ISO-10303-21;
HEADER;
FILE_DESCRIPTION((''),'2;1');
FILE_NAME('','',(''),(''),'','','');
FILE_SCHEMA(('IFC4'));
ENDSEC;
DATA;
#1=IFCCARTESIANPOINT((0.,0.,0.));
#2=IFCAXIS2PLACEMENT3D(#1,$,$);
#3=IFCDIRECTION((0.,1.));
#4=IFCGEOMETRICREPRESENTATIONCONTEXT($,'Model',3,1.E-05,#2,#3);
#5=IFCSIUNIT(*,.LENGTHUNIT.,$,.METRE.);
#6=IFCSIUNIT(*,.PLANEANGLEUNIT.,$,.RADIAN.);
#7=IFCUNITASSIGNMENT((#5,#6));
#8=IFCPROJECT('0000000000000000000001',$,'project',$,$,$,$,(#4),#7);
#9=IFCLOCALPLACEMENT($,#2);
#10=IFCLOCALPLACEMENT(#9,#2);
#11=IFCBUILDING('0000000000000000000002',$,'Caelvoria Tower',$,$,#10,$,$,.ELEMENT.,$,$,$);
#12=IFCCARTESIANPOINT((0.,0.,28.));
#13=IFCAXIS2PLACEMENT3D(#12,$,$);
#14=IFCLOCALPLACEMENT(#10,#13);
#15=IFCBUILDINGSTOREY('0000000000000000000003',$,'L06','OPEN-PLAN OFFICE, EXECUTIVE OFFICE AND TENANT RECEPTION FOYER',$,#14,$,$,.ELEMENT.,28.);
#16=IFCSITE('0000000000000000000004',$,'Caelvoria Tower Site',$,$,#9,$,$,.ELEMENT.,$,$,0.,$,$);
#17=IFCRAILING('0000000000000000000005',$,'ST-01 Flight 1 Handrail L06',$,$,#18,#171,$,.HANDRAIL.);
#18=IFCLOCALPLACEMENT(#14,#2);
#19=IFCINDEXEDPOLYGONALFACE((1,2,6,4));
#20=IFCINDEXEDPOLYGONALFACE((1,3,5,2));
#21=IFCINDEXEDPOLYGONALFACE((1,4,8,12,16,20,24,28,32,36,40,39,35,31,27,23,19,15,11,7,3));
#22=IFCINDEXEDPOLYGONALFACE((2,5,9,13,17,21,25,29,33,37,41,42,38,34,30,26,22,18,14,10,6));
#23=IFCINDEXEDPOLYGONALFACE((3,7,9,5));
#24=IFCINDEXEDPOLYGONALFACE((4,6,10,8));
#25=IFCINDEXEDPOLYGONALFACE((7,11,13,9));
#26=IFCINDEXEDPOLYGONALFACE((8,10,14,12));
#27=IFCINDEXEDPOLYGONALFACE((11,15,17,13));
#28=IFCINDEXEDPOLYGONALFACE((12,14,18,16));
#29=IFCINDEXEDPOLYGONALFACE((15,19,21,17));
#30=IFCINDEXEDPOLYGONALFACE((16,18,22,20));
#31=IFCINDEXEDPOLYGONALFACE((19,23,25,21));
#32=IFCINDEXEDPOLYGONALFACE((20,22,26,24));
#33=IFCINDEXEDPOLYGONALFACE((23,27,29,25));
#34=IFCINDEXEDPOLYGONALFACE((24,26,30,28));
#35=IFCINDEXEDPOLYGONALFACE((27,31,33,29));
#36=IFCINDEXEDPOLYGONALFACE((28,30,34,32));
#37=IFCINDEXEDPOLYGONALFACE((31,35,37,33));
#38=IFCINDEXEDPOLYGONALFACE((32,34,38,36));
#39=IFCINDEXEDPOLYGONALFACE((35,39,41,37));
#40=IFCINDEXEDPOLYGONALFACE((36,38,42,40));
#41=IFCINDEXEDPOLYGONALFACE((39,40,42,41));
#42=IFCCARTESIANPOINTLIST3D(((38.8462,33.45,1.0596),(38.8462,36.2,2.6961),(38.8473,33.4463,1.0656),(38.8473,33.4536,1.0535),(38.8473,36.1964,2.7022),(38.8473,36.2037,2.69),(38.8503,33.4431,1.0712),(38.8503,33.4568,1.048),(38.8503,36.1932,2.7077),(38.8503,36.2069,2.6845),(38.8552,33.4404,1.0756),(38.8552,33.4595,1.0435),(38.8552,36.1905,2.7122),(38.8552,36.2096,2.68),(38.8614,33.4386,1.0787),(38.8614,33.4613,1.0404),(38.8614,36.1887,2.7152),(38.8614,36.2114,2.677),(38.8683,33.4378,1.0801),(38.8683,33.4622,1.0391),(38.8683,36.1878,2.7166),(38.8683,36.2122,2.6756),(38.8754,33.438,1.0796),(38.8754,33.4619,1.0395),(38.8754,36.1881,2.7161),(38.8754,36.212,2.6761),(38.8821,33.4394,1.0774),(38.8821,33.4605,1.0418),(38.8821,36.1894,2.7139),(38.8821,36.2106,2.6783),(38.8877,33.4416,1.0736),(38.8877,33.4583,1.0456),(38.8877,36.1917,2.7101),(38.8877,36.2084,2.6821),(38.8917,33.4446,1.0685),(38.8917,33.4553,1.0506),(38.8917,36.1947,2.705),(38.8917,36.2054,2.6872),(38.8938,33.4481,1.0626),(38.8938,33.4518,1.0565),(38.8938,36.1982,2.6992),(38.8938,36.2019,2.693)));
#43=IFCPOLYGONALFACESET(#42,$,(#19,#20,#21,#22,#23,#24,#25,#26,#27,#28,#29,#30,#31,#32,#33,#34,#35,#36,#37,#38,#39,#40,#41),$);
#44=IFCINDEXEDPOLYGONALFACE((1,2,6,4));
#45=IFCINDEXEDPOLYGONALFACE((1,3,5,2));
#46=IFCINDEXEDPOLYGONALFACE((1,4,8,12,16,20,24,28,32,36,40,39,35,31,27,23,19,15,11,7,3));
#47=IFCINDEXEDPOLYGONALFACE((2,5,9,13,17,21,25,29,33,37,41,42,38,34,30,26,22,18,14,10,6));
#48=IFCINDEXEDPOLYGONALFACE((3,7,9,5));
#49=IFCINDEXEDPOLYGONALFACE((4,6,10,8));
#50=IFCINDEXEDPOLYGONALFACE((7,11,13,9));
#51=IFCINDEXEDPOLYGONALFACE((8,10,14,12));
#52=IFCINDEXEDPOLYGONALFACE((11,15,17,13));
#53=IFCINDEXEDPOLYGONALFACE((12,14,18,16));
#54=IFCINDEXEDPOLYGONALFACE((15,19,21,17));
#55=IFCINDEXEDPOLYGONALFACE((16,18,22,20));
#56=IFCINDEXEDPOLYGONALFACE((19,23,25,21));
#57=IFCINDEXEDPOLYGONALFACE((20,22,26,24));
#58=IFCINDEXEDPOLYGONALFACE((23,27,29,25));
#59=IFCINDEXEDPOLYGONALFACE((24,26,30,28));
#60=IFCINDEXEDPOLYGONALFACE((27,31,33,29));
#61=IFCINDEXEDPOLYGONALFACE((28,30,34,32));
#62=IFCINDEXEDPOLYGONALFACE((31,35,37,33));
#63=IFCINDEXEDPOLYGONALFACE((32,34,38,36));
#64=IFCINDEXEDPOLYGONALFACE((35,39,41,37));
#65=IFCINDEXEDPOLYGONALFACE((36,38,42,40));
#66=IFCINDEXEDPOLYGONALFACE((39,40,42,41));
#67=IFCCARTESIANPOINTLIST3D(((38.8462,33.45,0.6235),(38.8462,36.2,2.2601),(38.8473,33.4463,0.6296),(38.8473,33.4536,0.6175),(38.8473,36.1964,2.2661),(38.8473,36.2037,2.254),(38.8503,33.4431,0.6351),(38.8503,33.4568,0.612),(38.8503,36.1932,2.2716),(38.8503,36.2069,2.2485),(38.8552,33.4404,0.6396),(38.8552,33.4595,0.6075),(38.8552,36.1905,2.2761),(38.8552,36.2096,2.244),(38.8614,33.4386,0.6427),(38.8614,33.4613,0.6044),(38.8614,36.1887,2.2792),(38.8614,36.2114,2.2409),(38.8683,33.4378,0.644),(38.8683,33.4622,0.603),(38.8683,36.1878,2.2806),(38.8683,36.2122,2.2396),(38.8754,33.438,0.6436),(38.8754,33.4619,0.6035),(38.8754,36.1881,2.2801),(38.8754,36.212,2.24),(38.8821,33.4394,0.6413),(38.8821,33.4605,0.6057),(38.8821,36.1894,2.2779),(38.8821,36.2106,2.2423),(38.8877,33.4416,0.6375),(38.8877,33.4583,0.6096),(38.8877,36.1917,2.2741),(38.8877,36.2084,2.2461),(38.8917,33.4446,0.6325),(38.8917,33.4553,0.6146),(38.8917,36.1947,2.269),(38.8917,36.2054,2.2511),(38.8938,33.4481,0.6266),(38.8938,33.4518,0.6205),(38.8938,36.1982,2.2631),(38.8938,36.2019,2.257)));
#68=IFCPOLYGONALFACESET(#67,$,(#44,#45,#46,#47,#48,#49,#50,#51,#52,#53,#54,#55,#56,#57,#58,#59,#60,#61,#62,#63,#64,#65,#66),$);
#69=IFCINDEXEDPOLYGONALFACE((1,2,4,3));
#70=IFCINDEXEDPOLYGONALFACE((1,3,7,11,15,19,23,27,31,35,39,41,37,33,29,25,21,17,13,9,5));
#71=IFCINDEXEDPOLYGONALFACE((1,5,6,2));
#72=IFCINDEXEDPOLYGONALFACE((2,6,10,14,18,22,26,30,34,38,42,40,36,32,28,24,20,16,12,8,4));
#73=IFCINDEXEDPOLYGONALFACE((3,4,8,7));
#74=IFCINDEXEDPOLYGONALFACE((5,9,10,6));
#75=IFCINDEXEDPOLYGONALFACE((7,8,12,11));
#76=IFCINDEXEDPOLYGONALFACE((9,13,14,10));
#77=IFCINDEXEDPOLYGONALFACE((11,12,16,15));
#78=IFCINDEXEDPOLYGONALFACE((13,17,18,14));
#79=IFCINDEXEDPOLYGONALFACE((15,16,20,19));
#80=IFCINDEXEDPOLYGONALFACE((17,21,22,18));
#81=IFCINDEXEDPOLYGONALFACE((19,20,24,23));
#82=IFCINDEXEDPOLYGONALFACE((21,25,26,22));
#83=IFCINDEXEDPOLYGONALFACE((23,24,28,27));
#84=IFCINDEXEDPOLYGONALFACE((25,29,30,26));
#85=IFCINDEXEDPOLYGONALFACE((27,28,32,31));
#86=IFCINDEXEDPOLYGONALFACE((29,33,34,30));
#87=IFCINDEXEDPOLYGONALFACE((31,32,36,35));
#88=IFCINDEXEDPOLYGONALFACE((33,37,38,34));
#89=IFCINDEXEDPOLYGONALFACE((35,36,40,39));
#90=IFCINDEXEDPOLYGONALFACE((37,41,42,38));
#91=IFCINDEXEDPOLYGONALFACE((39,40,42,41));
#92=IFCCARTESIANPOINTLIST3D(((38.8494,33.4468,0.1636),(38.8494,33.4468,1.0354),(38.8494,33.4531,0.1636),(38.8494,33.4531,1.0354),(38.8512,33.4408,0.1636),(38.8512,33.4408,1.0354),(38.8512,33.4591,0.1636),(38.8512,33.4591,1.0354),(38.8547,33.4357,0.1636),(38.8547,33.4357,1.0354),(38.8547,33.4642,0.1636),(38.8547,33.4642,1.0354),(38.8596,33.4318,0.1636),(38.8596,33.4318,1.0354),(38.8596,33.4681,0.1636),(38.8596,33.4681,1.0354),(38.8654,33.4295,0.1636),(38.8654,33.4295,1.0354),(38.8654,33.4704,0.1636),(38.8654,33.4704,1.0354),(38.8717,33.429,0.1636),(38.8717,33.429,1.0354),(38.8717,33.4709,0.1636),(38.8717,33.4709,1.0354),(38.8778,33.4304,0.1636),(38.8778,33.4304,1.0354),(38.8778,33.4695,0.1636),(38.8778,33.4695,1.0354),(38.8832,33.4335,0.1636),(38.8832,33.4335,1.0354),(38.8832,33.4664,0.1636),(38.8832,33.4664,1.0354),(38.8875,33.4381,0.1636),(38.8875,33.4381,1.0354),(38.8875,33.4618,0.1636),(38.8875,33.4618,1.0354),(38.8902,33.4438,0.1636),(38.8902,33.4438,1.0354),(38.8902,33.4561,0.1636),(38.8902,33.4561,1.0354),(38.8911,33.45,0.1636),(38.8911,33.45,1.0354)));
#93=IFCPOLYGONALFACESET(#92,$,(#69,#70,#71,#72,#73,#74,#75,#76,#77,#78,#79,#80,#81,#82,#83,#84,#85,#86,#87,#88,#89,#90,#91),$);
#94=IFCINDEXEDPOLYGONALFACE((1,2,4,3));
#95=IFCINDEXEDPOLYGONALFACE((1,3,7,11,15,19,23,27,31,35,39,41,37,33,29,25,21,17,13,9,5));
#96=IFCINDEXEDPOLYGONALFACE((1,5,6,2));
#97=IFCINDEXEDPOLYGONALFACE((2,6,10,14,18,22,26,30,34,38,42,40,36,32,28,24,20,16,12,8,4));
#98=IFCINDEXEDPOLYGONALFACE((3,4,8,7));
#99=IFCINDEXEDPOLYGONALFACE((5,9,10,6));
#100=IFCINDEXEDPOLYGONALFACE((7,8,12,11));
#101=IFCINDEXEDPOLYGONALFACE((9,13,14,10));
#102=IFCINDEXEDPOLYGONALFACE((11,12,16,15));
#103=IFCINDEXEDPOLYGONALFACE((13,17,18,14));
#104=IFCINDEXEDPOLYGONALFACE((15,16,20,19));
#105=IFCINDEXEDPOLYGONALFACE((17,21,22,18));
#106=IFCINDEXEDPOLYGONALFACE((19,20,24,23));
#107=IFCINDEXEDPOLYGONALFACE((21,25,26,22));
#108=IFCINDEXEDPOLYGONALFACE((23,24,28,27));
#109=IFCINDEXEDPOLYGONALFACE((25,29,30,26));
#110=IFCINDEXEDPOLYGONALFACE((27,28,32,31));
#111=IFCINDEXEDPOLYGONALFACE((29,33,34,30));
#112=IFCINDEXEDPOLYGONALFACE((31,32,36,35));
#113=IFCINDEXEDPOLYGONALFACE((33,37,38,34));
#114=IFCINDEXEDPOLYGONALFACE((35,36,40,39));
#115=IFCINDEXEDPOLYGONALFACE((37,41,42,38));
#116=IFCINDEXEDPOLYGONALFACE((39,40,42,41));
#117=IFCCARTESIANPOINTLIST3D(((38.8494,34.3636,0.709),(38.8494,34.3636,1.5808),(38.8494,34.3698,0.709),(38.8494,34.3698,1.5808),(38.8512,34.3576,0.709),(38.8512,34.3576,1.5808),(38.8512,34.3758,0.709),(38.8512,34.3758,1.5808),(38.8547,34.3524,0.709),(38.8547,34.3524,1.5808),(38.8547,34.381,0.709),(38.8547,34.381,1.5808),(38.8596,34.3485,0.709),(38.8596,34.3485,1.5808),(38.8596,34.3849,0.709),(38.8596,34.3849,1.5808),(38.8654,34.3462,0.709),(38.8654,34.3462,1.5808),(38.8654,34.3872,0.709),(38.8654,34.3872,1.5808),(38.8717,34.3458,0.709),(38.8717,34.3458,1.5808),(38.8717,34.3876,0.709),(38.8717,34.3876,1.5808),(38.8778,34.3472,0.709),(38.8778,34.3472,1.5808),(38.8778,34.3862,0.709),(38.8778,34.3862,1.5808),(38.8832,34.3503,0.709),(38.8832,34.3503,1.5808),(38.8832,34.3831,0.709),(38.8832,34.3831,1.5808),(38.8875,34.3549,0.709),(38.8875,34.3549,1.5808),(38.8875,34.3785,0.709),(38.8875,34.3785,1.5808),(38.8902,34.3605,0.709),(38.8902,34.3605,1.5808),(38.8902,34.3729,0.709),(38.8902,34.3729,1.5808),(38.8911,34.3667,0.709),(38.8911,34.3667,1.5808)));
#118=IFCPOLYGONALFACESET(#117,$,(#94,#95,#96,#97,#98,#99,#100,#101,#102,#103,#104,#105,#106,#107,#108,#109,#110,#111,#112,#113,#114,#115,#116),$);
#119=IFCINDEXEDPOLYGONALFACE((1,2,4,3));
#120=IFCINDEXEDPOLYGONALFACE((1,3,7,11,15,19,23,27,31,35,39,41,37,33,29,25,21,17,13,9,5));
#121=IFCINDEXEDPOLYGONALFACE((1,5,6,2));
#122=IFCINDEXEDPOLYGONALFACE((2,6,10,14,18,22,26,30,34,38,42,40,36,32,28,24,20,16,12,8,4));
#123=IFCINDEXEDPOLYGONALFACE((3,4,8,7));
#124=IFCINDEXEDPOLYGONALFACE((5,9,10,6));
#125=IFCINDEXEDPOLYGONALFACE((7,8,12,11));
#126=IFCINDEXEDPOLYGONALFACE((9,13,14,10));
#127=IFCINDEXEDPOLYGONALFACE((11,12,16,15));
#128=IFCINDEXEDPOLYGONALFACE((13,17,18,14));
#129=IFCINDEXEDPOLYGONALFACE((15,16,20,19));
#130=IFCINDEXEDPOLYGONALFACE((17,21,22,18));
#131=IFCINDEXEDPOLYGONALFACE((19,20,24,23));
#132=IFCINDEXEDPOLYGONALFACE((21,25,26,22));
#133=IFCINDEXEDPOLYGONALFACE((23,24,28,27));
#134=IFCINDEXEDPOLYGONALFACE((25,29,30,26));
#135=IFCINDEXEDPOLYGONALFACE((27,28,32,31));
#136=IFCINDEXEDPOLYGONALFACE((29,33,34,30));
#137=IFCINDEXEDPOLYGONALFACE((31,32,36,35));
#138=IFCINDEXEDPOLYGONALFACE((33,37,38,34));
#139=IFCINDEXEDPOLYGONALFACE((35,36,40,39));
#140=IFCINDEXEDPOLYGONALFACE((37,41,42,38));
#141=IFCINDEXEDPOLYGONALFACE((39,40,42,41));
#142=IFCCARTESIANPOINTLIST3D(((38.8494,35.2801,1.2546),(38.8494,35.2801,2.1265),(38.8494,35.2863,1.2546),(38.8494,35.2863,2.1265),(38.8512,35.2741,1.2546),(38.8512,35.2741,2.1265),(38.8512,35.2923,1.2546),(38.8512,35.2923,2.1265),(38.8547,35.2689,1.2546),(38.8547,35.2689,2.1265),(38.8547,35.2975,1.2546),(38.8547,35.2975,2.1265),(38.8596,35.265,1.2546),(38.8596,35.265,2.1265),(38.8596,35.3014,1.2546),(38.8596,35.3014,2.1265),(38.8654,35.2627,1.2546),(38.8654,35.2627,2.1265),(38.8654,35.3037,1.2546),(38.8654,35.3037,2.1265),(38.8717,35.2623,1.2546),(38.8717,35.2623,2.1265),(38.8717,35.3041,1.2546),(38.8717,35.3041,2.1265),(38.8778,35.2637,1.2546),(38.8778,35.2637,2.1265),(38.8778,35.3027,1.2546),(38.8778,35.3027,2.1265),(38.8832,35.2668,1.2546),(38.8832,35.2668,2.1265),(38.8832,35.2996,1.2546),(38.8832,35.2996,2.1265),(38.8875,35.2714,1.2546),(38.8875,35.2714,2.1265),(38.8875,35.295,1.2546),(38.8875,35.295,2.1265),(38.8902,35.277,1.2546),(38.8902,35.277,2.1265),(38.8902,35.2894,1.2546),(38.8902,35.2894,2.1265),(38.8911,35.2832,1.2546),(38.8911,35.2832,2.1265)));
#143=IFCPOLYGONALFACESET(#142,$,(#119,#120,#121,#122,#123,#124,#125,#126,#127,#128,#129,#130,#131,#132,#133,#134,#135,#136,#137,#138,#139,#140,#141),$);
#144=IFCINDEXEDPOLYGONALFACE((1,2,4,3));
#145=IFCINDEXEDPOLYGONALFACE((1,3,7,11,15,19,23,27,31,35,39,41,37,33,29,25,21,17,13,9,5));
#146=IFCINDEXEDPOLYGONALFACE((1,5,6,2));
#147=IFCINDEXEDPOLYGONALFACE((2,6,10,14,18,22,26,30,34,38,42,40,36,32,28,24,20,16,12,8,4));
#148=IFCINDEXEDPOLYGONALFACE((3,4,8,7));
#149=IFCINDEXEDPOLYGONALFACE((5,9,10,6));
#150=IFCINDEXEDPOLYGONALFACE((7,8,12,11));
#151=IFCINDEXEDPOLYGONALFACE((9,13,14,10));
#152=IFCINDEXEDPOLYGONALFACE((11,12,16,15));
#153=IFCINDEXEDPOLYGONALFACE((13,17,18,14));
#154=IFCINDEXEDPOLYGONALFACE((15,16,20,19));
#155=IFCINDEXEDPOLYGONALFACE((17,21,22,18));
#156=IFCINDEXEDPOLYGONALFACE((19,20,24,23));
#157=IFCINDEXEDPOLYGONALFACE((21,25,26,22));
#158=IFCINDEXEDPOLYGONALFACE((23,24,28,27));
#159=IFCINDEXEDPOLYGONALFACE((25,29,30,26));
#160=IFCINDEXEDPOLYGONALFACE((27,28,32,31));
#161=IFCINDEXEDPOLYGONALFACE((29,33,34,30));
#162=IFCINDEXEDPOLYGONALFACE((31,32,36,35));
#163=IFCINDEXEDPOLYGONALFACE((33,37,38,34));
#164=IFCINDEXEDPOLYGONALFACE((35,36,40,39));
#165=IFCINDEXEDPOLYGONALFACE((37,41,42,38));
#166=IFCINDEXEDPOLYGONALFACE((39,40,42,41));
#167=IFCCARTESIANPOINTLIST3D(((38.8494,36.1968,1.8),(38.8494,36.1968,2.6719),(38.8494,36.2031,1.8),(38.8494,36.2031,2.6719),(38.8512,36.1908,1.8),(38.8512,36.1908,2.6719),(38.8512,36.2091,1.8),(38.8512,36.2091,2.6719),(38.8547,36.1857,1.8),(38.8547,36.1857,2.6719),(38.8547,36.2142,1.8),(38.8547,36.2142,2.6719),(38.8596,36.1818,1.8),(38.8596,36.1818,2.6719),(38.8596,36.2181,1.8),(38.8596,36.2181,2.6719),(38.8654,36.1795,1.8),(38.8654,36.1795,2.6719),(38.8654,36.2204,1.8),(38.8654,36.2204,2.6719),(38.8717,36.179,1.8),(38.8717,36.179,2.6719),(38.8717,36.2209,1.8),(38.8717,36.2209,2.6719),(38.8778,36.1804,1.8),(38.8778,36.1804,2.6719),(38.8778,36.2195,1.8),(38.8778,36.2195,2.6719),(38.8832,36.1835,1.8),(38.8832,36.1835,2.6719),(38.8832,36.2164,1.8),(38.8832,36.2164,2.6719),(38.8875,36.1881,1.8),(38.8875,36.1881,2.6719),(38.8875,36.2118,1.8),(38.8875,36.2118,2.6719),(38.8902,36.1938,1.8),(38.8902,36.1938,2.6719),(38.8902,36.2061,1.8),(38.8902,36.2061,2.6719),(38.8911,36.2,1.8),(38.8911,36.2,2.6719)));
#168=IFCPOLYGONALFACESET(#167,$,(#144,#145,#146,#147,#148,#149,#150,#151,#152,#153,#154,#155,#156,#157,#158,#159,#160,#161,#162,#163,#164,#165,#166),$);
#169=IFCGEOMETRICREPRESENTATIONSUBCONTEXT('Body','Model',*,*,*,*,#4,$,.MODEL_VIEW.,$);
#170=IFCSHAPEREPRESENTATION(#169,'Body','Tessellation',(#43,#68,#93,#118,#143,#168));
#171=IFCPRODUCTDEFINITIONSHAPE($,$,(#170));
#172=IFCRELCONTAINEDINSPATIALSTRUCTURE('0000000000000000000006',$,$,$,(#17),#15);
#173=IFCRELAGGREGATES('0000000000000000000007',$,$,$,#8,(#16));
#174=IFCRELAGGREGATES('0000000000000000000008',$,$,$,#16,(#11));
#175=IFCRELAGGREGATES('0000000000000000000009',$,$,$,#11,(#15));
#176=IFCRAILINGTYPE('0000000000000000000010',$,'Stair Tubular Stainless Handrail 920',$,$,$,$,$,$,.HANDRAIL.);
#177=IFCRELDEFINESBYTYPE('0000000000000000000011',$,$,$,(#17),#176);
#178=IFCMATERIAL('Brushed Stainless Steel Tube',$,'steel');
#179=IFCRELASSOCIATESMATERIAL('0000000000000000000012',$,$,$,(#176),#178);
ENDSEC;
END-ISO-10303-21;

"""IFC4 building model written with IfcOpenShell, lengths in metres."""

from ifc_helpers import new_model, si_unit, direction, frame, origin, origin_2d, place, context, subcontext, project, spatial, circle, extrude, material, type_object, element, save


model = new_model("IFC4")

# Units and contexts
model_context = context("Model", 3, precision=1e-05, world=origin(), true_north=direction((0.0, 1.0)))
body_context = subcontext(model_context, "Body", "Model", "MODEL_VIEW")
ifc_project = project(units=[si_unit("LENGTHUNIT", "METRE"), si_unit("PLANEANGLEUNIT", "RADIAN")], contexts=[model_context])

# Site, building, storey
site_placement = place(None, origin())
site = spatial("IfcSite", under=ifc_project, at=site_placement, Name="Caelvoria Tower Site", CompositionType="ELEMENT", RefElevation=0.0)
building_placement = place(site_placement, origin())
building = spatial("IfcBuilding", under=site, at=building_placement, Name="Caelvoria Tower", CompositionType="ELEMENT")
storey_placement = place(building_placement, frame((0.0, 0.0, 28.0)))
storey = spatial("IfcBuildingStorey", under=building, at=storey_placement, Name="L06", Description="OPEN-PLAN OFFICE, EXECUTIVE OFFICE AND TENANT RECEPTION FOYER", CompositionType="ELEMENT", Elevation=28.0)

# Railing
ifc_material_1 = material(Name="Brushed Stainless Steel Tube", Category="steel")
railing_type = type_object("IfcRailingType", Name="Stair Tubular Stainless Handrail 920", PredefinedType="HANDRAIL", material=ifc_material_1)
railing_placement = place(storey_placement, frame((38.8701, 33.45, 0.1636)))
element("IfcRailing", 1, at=railing_placement, inside=storey, type_object=railing_type, Name="ST-01 Flight 1 Handrail L06", PredefinedType="HANDRAIL", context=body_context, shape_type="SweptSolid", body=[
    extrude(circle(Radius=0.0239, at=origin_2d()), frame((0.0, 0.0, 0.896), z_axis=(0.0, 0.859352, 0.511385), x_axis=(-1.0, 0.0, 0.0)), (0.0, 0.0, 1.0), 3.2002),
    extrude(circle(Radius=0.0239, at=origin_2d()), frame((0.0, 0.0, 0.46), z_axis=(0.0, 0.859352, 0.511385), x_axis=(-1.0, 0.0, 0.0)), (0.0, 0.0, 1.0), 3.2002),
    extrude(circle(Radius=0.021, at=origin_2d()), origin(), (0.0, 0.0, 1.0), 0.8718),
    extrude(circle(Radius=0.021, at=origin_2d()), frame((0.0, 0.9167, 0.5454)), (0.0, 0.0, 1.0), 0.8718),
    extrude(circle(Radius=0.021, at=origin_2d()), frame((0.0, 1.8333, 1.0911)), (0.0, 0.0, 1.0), 0.8718),
    extrude(circle(Radius=0.021, at=origin_2d()), frame((0.0, 2.75, 1.6365)), (0.0, 0.0, 1.0), 0.8718),
])

save(model, "model.ifc")
